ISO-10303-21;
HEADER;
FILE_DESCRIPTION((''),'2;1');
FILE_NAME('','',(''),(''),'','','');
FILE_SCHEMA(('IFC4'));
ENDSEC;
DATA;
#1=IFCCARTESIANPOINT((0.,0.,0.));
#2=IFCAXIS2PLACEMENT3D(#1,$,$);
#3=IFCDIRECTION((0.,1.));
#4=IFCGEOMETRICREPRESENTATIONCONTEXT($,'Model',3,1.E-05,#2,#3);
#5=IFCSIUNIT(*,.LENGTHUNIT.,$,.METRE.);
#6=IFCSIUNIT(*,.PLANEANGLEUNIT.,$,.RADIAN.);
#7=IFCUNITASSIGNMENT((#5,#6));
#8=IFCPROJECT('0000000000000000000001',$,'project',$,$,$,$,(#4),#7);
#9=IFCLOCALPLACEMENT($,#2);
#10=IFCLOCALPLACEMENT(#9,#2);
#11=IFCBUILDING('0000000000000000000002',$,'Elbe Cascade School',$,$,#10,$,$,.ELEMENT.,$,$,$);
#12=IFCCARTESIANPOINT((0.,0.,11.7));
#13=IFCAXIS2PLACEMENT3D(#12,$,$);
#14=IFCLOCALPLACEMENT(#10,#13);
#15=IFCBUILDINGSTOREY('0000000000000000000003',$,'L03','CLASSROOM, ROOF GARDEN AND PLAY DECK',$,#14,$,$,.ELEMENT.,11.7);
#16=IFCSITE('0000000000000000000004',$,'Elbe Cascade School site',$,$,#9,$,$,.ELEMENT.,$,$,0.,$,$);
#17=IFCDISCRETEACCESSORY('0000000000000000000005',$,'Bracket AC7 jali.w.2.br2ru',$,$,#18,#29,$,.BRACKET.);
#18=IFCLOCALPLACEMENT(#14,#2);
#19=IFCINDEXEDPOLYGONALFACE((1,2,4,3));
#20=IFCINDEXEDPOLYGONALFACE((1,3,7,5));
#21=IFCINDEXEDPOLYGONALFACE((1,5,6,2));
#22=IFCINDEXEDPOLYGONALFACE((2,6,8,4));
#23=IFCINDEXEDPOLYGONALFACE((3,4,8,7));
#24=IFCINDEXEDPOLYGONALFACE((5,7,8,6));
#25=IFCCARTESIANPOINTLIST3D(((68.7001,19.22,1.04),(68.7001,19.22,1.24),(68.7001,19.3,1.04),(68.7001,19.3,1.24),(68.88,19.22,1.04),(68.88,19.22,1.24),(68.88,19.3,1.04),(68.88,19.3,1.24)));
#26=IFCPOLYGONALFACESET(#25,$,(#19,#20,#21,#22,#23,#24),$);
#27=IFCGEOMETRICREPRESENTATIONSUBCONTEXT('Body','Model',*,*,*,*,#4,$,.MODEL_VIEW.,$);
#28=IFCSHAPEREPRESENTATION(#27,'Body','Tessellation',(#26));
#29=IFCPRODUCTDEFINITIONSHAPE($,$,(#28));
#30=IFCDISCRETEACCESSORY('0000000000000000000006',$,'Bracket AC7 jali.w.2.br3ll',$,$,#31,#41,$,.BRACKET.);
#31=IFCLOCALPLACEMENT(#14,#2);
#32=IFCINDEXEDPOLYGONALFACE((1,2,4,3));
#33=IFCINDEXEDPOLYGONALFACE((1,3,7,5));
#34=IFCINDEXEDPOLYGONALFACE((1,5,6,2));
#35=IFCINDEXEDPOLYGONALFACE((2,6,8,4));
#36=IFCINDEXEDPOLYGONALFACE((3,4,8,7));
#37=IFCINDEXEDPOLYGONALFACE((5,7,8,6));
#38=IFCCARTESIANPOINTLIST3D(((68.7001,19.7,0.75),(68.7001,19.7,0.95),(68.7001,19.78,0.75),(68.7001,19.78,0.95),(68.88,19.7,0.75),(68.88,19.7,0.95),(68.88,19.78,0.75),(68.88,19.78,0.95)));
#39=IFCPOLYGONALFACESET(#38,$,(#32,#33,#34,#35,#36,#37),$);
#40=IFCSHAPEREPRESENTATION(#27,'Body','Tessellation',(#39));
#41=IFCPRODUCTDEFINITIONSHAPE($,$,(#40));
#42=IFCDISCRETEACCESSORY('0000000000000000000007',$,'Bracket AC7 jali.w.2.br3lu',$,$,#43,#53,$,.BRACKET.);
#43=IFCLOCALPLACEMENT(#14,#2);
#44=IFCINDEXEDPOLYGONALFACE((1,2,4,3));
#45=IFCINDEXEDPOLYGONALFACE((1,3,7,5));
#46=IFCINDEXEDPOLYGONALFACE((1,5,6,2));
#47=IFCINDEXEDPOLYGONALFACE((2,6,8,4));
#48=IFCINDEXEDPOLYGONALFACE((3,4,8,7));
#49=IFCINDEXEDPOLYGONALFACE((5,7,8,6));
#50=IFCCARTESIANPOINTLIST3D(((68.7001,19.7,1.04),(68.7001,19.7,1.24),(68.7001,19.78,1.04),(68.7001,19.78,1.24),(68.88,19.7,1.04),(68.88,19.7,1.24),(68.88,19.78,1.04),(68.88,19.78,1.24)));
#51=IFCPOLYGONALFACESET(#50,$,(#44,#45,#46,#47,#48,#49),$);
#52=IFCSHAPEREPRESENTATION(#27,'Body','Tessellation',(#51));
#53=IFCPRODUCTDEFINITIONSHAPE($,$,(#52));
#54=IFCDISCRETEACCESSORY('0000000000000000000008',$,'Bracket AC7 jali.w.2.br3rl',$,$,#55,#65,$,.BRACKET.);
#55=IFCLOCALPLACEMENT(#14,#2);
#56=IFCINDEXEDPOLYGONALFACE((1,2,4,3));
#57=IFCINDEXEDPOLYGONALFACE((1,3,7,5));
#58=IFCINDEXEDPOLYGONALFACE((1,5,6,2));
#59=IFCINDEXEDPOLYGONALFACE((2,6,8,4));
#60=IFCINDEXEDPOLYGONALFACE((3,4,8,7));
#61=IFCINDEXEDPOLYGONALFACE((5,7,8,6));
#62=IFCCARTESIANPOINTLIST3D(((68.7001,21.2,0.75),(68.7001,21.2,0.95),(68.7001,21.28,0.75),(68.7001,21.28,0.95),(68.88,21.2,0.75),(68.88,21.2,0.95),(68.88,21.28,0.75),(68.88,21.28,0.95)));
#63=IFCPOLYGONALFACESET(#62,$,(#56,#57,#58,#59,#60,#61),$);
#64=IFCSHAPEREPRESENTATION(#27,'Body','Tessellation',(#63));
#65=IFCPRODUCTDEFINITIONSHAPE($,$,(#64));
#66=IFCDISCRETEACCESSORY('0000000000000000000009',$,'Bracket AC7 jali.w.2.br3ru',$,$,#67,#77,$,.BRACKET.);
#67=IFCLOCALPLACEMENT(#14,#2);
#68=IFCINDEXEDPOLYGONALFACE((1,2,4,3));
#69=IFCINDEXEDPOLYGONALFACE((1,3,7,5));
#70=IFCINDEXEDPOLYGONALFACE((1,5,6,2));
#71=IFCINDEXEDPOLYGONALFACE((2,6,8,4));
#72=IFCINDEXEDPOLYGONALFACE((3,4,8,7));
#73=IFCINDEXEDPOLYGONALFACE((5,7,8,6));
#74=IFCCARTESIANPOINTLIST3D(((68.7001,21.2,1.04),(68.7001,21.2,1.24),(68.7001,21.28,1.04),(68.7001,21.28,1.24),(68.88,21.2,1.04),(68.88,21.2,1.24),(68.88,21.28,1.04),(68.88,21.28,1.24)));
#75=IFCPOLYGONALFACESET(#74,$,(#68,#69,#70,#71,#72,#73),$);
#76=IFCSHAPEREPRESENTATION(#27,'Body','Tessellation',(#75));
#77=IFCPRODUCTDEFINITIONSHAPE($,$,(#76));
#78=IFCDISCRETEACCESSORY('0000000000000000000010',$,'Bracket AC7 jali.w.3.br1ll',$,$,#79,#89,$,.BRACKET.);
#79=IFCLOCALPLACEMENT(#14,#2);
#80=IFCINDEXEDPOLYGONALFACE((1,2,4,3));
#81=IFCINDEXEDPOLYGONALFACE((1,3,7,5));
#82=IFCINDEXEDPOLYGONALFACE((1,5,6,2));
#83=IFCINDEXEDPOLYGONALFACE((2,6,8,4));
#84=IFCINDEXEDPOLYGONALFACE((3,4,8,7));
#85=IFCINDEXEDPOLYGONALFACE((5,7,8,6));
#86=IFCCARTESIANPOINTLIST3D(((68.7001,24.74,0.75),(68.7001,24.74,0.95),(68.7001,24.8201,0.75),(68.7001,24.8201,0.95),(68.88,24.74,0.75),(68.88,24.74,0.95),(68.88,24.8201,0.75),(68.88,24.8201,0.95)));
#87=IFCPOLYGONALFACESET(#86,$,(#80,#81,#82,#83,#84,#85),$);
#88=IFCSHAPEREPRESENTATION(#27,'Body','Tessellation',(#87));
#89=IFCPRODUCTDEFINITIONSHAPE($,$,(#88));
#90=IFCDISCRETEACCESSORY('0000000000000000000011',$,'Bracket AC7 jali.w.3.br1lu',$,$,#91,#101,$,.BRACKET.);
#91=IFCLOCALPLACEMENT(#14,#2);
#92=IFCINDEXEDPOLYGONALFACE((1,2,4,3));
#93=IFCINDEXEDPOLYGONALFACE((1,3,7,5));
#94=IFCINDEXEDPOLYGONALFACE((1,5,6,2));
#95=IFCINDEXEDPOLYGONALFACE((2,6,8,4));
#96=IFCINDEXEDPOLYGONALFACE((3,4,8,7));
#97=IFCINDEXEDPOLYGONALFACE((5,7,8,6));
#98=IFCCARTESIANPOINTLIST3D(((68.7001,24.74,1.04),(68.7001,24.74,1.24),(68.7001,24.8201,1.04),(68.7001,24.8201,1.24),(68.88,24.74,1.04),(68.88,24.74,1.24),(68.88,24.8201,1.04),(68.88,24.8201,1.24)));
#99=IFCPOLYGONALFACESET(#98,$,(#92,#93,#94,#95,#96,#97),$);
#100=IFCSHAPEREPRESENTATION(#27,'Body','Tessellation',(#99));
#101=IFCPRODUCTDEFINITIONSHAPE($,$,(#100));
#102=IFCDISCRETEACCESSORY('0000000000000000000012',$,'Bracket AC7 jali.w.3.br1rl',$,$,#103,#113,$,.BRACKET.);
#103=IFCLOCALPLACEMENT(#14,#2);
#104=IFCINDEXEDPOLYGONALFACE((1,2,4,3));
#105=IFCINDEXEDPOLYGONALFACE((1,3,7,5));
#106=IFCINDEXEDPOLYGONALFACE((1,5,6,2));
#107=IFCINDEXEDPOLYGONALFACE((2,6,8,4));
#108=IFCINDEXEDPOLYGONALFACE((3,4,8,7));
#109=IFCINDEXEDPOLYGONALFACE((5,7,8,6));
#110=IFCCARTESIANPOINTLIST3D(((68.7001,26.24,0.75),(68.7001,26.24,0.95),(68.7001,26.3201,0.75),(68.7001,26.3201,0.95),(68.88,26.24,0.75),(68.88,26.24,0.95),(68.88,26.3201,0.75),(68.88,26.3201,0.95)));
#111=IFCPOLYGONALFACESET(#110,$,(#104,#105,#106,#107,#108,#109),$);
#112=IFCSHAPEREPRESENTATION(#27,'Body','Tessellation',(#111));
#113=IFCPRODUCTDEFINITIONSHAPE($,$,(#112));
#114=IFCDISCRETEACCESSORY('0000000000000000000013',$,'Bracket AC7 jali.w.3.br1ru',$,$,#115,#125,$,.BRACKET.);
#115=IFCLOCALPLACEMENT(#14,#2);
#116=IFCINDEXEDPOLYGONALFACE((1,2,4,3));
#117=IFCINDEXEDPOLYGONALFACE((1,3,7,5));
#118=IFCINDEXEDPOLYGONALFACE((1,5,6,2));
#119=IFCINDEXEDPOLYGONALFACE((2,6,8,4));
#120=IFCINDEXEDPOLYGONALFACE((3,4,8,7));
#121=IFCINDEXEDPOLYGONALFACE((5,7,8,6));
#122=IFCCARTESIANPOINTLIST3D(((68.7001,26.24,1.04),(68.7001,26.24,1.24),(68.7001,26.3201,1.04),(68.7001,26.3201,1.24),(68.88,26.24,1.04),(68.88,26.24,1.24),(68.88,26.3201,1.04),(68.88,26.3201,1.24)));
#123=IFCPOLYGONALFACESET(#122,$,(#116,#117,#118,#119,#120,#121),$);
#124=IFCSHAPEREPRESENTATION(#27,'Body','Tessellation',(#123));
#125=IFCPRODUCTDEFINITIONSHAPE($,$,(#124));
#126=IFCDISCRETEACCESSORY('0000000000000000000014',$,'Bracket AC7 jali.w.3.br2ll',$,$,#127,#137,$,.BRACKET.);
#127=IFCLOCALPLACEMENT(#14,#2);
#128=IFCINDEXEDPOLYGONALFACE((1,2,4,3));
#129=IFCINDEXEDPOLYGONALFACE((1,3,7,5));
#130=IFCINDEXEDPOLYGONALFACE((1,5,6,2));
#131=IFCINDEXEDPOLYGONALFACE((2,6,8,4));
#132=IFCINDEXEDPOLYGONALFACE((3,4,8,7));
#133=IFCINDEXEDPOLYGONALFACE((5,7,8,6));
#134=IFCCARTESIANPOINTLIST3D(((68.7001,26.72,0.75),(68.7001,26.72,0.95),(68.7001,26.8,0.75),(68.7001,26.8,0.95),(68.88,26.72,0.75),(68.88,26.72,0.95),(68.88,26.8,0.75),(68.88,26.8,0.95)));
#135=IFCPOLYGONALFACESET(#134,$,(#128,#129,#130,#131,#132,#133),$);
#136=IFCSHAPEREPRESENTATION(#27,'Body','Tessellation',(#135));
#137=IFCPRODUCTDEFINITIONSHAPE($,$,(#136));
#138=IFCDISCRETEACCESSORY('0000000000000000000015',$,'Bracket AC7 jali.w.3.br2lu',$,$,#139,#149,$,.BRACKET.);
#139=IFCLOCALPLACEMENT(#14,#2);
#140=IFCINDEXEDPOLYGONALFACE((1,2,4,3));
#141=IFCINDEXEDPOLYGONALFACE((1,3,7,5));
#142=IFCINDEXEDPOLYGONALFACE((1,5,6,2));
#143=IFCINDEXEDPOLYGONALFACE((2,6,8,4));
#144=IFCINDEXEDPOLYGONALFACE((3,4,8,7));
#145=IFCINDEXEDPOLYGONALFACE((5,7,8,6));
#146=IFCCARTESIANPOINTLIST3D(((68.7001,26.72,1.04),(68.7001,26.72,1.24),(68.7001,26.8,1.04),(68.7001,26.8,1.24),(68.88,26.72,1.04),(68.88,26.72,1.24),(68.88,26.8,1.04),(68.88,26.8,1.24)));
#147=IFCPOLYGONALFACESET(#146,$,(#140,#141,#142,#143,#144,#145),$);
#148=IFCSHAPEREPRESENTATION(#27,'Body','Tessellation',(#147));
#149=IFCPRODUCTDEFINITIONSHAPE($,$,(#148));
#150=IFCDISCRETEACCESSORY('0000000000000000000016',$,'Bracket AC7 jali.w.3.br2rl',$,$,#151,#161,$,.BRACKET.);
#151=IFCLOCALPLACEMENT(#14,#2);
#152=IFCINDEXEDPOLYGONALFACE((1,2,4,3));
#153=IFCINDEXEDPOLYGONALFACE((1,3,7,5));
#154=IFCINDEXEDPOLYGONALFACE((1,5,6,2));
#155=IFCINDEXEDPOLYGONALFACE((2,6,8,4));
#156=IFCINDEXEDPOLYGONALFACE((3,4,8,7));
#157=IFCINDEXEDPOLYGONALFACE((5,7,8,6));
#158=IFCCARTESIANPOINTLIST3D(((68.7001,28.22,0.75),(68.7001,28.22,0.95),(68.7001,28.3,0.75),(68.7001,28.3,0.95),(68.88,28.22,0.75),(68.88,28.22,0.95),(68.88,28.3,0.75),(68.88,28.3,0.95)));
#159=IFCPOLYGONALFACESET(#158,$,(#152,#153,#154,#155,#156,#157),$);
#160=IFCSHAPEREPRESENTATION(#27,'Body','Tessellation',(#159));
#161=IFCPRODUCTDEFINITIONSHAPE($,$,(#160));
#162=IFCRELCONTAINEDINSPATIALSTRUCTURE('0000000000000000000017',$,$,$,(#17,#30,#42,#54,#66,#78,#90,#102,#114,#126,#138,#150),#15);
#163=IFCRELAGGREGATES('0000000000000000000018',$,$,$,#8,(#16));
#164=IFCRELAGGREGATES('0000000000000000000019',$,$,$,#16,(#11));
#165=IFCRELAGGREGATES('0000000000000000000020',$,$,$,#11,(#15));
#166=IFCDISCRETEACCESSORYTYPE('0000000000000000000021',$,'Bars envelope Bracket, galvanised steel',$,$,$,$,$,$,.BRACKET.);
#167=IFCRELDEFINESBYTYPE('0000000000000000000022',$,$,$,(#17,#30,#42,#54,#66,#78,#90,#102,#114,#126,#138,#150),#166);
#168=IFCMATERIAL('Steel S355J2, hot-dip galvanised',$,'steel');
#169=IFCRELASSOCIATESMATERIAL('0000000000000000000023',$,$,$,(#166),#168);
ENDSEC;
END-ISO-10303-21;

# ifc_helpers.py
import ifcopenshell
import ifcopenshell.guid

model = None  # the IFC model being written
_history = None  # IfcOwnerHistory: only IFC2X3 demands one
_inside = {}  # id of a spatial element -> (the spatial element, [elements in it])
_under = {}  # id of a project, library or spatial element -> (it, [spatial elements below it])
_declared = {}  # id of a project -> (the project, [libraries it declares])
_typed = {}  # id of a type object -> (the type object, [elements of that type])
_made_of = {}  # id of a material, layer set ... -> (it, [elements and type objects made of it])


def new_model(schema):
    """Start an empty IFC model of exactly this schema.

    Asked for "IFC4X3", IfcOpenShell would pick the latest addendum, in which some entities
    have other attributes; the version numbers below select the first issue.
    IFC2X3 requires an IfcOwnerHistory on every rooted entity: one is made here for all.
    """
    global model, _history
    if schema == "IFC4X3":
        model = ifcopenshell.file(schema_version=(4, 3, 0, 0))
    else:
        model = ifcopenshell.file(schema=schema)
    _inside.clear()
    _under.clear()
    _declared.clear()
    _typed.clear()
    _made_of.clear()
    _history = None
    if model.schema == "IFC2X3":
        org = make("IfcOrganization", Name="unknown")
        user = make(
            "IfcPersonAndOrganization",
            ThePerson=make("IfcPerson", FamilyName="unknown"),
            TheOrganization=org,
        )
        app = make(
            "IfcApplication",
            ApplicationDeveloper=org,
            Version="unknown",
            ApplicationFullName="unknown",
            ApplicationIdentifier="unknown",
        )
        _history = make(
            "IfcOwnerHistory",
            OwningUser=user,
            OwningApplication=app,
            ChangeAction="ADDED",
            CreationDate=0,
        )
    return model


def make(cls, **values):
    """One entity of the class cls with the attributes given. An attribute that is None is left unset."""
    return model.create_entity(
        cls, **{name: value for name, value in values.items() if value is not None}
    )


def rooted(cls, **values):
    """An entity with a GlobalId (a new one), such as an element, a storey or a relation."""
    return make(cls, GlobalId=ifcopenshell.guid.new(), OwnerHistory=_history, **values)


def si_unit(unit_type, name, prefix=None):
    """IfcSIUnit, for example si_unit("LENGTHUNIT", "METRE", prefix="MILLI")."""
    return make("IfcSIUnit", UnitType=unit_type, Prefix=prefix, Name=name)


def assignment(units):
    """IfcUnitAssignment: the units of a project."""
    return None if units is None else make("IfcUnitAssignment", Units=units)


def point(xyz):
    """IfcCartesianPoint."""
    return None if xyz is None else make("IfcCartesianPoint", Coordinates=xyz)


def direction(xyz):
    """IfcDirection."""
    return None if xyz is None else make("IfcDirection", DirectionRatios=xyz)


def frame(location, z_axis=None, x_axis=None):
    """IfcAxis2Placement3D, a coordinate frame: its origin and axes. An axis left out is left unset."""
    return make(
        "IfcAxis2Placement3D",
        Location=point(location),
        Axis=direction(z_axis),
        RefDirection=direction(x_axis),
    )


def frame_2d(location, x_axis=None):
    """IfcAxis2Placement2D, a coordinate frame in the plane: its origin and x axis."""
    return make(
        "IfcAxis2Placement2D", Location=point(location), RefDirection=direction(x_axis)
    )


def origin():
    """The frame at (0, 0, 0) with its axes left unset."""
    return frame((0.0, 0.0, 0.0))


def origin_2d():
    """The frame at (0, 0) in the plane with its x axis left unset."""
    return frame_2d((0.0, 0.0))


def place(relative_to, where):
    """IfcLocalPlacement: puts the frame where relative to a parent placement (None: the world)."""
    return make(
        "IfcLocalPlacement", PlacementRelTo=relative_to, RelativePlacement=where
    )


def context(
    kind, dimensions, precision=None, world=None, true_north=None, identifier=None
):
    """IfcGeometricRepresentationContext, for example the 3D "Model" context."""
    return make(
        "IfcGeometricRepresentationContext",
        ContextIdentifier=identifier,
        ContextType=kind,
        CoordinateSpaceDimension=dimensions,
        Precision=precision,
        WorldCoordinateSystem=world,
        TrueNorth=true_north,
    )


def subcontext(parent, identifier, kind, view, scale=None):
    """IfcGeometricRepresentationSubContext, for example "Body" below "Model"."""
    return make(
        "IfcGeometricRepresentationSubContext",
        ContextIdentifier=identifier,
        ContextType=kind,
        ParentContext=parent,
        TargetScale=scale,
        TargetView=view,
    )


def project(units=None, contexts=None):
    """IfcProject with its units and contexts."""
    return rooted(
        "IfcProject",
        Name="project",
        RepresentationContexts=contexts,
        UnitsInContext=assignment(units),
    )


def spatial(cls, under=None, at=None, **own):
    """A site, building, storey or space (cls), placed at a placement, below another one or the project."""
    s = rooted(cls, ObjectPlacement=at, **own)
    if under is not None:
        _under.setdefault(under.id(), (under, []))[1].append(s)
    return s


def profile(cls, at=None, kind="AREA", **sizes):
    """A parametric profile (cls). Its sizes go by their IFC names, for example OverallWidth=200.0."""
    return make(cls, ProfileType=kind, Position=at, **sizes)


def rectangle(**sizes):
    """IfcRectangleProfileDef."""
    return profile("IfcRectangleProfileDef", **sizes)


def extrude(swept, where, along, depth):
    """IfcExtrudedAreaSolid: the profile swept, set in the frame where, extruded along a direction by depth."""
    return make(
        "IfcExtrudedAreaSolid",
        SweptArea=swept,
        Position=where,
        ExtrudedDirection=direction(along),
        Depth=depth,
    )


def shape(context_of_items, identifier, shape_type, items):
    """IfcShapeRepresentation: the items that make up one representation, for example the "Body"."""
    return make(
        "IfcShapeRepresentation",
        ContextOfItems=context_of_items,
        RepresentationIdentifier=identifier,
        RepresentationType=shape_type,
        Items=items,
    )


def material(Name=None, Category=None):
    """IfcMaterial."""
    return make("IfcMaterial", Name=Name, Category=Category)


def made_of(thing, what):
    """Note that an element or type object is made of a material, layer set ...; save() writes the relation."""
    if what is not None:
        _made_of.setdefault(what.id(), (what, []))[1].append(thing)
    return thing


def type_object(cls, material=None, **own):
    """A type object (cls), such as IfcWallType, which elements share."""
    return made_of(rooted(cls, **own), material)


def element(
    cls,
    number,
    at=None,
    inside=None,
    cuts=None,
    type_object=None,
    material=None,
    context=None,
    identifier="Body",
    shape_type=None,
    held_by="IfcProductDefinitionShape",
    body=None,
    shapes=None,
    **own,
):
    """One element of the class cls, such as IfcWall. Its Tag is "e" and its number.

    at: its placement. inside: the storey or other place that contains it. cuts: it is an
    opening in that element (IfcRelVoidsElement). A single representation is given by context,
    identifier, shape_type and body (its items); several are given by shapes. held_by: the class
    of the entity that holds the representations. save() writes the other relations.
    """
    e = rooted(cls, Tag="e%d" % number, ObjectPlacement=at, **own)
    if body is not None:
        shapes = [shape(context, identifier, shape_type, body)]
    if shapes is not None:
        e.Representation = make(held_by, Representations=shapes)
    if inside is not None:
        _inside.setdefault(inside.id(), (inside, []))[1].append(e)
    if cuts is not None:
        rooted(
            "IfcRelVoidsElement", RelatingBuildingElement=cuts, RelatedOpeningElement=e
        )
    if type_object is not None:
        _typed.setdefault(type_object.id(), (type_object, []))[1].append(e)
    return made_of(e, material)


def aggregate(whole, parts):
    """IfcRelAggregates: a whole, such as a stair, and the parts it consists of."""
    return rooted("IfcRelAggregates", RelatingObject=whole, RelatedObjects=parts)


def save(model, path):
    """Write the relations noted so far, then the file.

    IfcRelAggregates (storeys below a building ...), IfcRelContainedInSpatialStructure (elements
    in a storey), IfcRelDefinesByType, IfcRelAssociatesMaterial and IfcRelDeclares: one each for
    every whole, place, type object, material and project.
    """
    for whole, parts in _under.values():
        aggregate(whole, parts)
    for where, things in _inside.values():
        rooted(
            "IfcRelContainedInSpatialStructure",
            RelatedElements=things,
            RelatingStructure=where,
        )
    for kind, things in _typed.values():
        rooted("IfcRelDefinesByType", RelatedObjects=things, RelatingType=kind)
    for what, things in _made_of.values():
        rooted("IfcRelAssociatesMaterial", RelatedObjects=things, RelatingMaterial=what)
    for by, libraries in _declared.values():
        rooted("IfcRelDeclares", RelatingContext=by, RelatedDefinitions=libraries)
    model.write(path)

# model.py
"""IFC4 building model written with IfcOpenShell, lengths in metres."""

from ifc_helpers import new_model, si_unit, direction, frame, origin, origin_2d, place, context, subcontext, project, spatial, rectangle, extrude, material, type_object, element, save


model = new_model("IFC4")

# Units and contexts
model_context = context("Model", 3, precision=1e-05, world=origin(), true_north=direction((0.0, 1.0)))
body_context = subcontext(model_context, "Body", "Model", "MODEL_VIEW")
ifc_project = project(units=[si_unit("LENGTHUNIT", "METRE"), si_unit("PLANEANGLEUNIT", "RADIAN")], contexts=[model_context])

# Site, building, storey
site_placement = place(None, origin())
site = spatial("IfcSite", under=ifc_project, at=site_placement, Name="Elbe Cascade School site", CompositionType="ELEMENT", RefElevation=0.0)
building_placement = place(site_placement, origin())
building = spatial("IfcBuilding", under=site, at=building_placement, Name="Elbe Cascade School", CompositionType="ELEMENT")
storey_placement = place(building_placement, frame((0.0, 0.0, 11.7)))
storey = spatial("IfcBuildingStorey", under=building, at=storey_placement, Name="L03", Description="CLASSROOM, ROOF GARDEN AND PLAY DECK", CompositionType="ELEMENT", Elevation=11.7)

# Discrete accessories
ifc_material_1 = material(Name="Steel S355J2, hot-dip galvanised", Category="steel")
discrete_accessory_type = type_object("IfcDiscreteAccessoryType", Name="Bars envelope Bracket, galvanised steel", PredefinedType="BRACKET", material=ifc_material_1)
for number, where, z_axis, x_axis, name in (
    (1, (68.79, 19.26, 1.04), (0.0, 0.0, 1.0), (0.0, 1.0, 0.0), "Bracket AC7 jali.w.2.br2ru"),
    (2, (68.79, 19.74, 0.75), (0.0, 0.0, 1.0), (0.0, 1.0, 0.0), "Bracket AC7 jali.w.2.br3ll"),
    (3, (68.79, 19.74, 1.04), (0.0, 0.0, 1.0), (0.0, 1.0, 0.0), "Bracket AC7 jali.w.2.br3lu"),
    (4, (68.79, 21.24, 0.75), (0.0, 0.0, 1.0), (0.0, 1.0, 0.0), "Bracket AC7 jali.w.2.br3rl"),
    (5, (68.79, 21.24, 1.04), (0.0, 0.0, 1.0), (0.0, 1.0, 0.0), "Bracket AC7 jali.w.2.br3ru"),
    (6, (68.79, 24.78, 0.75), (0.0, 0.0, 1.0), (0.0, 1.0, 0.0), "Bracket AC7 jali.w.3.br1ll"),
    (7, (68.79, 24.78, 1.04), (0.0, 0.0, 1.0), (0.0, 1.0, 0.0), "Bracket AC7 jali.w.3.br1lu"),
    (8, (68.79, 26.28, 0.75), (0.0, 0.0, 1.0), (0.0, 1.0, 0.0), "Bracket AC7 jali.w.3.br1rl"),
    (9, (68.79, 26.28, 1.04), (0.0, 0.0, 1.0), (0.0, 1.0, 0.0), "Bracket AC7 jali.w.3.br1ru"),
    (10, (68.79, 26.76, 0.75), (0.0, 0.0, 1.0), (0.0, 1.0, 0.0), "Bracket AC7 jali.w.3.br2ll"),
    (11, (68.79, 26.76, 1.04), (0.0, 0.0, 1.0), (0.0, 1.0, 0.0), "Bracket AC7 jali.w.3.br2lu"),
    (12, (68.79, 28.26, 0.75), (0.0, 0.0, 1.0), (0.0, 1.0, 0.0), "Bracket AC7 jali.w.3.br2rl"),
):
    element("IfcDiscreteAccessory", number, at=place(storey_placement, frame(where, z_axis=z_axis, x_axis=x_axis)), inside=storey, type_object=discrete_accessory_type, Name=name, PredefinedType="BRACKET", context=body_context, shape_type="SweptSolid", body=[
        extrude(rectangle(XDim=0.0801, YDim=0.1799, at=origin_2d()), origin(), (0.0, 0.0, 1.0), 0.2),
    ])

save(model, "model.ifc")
